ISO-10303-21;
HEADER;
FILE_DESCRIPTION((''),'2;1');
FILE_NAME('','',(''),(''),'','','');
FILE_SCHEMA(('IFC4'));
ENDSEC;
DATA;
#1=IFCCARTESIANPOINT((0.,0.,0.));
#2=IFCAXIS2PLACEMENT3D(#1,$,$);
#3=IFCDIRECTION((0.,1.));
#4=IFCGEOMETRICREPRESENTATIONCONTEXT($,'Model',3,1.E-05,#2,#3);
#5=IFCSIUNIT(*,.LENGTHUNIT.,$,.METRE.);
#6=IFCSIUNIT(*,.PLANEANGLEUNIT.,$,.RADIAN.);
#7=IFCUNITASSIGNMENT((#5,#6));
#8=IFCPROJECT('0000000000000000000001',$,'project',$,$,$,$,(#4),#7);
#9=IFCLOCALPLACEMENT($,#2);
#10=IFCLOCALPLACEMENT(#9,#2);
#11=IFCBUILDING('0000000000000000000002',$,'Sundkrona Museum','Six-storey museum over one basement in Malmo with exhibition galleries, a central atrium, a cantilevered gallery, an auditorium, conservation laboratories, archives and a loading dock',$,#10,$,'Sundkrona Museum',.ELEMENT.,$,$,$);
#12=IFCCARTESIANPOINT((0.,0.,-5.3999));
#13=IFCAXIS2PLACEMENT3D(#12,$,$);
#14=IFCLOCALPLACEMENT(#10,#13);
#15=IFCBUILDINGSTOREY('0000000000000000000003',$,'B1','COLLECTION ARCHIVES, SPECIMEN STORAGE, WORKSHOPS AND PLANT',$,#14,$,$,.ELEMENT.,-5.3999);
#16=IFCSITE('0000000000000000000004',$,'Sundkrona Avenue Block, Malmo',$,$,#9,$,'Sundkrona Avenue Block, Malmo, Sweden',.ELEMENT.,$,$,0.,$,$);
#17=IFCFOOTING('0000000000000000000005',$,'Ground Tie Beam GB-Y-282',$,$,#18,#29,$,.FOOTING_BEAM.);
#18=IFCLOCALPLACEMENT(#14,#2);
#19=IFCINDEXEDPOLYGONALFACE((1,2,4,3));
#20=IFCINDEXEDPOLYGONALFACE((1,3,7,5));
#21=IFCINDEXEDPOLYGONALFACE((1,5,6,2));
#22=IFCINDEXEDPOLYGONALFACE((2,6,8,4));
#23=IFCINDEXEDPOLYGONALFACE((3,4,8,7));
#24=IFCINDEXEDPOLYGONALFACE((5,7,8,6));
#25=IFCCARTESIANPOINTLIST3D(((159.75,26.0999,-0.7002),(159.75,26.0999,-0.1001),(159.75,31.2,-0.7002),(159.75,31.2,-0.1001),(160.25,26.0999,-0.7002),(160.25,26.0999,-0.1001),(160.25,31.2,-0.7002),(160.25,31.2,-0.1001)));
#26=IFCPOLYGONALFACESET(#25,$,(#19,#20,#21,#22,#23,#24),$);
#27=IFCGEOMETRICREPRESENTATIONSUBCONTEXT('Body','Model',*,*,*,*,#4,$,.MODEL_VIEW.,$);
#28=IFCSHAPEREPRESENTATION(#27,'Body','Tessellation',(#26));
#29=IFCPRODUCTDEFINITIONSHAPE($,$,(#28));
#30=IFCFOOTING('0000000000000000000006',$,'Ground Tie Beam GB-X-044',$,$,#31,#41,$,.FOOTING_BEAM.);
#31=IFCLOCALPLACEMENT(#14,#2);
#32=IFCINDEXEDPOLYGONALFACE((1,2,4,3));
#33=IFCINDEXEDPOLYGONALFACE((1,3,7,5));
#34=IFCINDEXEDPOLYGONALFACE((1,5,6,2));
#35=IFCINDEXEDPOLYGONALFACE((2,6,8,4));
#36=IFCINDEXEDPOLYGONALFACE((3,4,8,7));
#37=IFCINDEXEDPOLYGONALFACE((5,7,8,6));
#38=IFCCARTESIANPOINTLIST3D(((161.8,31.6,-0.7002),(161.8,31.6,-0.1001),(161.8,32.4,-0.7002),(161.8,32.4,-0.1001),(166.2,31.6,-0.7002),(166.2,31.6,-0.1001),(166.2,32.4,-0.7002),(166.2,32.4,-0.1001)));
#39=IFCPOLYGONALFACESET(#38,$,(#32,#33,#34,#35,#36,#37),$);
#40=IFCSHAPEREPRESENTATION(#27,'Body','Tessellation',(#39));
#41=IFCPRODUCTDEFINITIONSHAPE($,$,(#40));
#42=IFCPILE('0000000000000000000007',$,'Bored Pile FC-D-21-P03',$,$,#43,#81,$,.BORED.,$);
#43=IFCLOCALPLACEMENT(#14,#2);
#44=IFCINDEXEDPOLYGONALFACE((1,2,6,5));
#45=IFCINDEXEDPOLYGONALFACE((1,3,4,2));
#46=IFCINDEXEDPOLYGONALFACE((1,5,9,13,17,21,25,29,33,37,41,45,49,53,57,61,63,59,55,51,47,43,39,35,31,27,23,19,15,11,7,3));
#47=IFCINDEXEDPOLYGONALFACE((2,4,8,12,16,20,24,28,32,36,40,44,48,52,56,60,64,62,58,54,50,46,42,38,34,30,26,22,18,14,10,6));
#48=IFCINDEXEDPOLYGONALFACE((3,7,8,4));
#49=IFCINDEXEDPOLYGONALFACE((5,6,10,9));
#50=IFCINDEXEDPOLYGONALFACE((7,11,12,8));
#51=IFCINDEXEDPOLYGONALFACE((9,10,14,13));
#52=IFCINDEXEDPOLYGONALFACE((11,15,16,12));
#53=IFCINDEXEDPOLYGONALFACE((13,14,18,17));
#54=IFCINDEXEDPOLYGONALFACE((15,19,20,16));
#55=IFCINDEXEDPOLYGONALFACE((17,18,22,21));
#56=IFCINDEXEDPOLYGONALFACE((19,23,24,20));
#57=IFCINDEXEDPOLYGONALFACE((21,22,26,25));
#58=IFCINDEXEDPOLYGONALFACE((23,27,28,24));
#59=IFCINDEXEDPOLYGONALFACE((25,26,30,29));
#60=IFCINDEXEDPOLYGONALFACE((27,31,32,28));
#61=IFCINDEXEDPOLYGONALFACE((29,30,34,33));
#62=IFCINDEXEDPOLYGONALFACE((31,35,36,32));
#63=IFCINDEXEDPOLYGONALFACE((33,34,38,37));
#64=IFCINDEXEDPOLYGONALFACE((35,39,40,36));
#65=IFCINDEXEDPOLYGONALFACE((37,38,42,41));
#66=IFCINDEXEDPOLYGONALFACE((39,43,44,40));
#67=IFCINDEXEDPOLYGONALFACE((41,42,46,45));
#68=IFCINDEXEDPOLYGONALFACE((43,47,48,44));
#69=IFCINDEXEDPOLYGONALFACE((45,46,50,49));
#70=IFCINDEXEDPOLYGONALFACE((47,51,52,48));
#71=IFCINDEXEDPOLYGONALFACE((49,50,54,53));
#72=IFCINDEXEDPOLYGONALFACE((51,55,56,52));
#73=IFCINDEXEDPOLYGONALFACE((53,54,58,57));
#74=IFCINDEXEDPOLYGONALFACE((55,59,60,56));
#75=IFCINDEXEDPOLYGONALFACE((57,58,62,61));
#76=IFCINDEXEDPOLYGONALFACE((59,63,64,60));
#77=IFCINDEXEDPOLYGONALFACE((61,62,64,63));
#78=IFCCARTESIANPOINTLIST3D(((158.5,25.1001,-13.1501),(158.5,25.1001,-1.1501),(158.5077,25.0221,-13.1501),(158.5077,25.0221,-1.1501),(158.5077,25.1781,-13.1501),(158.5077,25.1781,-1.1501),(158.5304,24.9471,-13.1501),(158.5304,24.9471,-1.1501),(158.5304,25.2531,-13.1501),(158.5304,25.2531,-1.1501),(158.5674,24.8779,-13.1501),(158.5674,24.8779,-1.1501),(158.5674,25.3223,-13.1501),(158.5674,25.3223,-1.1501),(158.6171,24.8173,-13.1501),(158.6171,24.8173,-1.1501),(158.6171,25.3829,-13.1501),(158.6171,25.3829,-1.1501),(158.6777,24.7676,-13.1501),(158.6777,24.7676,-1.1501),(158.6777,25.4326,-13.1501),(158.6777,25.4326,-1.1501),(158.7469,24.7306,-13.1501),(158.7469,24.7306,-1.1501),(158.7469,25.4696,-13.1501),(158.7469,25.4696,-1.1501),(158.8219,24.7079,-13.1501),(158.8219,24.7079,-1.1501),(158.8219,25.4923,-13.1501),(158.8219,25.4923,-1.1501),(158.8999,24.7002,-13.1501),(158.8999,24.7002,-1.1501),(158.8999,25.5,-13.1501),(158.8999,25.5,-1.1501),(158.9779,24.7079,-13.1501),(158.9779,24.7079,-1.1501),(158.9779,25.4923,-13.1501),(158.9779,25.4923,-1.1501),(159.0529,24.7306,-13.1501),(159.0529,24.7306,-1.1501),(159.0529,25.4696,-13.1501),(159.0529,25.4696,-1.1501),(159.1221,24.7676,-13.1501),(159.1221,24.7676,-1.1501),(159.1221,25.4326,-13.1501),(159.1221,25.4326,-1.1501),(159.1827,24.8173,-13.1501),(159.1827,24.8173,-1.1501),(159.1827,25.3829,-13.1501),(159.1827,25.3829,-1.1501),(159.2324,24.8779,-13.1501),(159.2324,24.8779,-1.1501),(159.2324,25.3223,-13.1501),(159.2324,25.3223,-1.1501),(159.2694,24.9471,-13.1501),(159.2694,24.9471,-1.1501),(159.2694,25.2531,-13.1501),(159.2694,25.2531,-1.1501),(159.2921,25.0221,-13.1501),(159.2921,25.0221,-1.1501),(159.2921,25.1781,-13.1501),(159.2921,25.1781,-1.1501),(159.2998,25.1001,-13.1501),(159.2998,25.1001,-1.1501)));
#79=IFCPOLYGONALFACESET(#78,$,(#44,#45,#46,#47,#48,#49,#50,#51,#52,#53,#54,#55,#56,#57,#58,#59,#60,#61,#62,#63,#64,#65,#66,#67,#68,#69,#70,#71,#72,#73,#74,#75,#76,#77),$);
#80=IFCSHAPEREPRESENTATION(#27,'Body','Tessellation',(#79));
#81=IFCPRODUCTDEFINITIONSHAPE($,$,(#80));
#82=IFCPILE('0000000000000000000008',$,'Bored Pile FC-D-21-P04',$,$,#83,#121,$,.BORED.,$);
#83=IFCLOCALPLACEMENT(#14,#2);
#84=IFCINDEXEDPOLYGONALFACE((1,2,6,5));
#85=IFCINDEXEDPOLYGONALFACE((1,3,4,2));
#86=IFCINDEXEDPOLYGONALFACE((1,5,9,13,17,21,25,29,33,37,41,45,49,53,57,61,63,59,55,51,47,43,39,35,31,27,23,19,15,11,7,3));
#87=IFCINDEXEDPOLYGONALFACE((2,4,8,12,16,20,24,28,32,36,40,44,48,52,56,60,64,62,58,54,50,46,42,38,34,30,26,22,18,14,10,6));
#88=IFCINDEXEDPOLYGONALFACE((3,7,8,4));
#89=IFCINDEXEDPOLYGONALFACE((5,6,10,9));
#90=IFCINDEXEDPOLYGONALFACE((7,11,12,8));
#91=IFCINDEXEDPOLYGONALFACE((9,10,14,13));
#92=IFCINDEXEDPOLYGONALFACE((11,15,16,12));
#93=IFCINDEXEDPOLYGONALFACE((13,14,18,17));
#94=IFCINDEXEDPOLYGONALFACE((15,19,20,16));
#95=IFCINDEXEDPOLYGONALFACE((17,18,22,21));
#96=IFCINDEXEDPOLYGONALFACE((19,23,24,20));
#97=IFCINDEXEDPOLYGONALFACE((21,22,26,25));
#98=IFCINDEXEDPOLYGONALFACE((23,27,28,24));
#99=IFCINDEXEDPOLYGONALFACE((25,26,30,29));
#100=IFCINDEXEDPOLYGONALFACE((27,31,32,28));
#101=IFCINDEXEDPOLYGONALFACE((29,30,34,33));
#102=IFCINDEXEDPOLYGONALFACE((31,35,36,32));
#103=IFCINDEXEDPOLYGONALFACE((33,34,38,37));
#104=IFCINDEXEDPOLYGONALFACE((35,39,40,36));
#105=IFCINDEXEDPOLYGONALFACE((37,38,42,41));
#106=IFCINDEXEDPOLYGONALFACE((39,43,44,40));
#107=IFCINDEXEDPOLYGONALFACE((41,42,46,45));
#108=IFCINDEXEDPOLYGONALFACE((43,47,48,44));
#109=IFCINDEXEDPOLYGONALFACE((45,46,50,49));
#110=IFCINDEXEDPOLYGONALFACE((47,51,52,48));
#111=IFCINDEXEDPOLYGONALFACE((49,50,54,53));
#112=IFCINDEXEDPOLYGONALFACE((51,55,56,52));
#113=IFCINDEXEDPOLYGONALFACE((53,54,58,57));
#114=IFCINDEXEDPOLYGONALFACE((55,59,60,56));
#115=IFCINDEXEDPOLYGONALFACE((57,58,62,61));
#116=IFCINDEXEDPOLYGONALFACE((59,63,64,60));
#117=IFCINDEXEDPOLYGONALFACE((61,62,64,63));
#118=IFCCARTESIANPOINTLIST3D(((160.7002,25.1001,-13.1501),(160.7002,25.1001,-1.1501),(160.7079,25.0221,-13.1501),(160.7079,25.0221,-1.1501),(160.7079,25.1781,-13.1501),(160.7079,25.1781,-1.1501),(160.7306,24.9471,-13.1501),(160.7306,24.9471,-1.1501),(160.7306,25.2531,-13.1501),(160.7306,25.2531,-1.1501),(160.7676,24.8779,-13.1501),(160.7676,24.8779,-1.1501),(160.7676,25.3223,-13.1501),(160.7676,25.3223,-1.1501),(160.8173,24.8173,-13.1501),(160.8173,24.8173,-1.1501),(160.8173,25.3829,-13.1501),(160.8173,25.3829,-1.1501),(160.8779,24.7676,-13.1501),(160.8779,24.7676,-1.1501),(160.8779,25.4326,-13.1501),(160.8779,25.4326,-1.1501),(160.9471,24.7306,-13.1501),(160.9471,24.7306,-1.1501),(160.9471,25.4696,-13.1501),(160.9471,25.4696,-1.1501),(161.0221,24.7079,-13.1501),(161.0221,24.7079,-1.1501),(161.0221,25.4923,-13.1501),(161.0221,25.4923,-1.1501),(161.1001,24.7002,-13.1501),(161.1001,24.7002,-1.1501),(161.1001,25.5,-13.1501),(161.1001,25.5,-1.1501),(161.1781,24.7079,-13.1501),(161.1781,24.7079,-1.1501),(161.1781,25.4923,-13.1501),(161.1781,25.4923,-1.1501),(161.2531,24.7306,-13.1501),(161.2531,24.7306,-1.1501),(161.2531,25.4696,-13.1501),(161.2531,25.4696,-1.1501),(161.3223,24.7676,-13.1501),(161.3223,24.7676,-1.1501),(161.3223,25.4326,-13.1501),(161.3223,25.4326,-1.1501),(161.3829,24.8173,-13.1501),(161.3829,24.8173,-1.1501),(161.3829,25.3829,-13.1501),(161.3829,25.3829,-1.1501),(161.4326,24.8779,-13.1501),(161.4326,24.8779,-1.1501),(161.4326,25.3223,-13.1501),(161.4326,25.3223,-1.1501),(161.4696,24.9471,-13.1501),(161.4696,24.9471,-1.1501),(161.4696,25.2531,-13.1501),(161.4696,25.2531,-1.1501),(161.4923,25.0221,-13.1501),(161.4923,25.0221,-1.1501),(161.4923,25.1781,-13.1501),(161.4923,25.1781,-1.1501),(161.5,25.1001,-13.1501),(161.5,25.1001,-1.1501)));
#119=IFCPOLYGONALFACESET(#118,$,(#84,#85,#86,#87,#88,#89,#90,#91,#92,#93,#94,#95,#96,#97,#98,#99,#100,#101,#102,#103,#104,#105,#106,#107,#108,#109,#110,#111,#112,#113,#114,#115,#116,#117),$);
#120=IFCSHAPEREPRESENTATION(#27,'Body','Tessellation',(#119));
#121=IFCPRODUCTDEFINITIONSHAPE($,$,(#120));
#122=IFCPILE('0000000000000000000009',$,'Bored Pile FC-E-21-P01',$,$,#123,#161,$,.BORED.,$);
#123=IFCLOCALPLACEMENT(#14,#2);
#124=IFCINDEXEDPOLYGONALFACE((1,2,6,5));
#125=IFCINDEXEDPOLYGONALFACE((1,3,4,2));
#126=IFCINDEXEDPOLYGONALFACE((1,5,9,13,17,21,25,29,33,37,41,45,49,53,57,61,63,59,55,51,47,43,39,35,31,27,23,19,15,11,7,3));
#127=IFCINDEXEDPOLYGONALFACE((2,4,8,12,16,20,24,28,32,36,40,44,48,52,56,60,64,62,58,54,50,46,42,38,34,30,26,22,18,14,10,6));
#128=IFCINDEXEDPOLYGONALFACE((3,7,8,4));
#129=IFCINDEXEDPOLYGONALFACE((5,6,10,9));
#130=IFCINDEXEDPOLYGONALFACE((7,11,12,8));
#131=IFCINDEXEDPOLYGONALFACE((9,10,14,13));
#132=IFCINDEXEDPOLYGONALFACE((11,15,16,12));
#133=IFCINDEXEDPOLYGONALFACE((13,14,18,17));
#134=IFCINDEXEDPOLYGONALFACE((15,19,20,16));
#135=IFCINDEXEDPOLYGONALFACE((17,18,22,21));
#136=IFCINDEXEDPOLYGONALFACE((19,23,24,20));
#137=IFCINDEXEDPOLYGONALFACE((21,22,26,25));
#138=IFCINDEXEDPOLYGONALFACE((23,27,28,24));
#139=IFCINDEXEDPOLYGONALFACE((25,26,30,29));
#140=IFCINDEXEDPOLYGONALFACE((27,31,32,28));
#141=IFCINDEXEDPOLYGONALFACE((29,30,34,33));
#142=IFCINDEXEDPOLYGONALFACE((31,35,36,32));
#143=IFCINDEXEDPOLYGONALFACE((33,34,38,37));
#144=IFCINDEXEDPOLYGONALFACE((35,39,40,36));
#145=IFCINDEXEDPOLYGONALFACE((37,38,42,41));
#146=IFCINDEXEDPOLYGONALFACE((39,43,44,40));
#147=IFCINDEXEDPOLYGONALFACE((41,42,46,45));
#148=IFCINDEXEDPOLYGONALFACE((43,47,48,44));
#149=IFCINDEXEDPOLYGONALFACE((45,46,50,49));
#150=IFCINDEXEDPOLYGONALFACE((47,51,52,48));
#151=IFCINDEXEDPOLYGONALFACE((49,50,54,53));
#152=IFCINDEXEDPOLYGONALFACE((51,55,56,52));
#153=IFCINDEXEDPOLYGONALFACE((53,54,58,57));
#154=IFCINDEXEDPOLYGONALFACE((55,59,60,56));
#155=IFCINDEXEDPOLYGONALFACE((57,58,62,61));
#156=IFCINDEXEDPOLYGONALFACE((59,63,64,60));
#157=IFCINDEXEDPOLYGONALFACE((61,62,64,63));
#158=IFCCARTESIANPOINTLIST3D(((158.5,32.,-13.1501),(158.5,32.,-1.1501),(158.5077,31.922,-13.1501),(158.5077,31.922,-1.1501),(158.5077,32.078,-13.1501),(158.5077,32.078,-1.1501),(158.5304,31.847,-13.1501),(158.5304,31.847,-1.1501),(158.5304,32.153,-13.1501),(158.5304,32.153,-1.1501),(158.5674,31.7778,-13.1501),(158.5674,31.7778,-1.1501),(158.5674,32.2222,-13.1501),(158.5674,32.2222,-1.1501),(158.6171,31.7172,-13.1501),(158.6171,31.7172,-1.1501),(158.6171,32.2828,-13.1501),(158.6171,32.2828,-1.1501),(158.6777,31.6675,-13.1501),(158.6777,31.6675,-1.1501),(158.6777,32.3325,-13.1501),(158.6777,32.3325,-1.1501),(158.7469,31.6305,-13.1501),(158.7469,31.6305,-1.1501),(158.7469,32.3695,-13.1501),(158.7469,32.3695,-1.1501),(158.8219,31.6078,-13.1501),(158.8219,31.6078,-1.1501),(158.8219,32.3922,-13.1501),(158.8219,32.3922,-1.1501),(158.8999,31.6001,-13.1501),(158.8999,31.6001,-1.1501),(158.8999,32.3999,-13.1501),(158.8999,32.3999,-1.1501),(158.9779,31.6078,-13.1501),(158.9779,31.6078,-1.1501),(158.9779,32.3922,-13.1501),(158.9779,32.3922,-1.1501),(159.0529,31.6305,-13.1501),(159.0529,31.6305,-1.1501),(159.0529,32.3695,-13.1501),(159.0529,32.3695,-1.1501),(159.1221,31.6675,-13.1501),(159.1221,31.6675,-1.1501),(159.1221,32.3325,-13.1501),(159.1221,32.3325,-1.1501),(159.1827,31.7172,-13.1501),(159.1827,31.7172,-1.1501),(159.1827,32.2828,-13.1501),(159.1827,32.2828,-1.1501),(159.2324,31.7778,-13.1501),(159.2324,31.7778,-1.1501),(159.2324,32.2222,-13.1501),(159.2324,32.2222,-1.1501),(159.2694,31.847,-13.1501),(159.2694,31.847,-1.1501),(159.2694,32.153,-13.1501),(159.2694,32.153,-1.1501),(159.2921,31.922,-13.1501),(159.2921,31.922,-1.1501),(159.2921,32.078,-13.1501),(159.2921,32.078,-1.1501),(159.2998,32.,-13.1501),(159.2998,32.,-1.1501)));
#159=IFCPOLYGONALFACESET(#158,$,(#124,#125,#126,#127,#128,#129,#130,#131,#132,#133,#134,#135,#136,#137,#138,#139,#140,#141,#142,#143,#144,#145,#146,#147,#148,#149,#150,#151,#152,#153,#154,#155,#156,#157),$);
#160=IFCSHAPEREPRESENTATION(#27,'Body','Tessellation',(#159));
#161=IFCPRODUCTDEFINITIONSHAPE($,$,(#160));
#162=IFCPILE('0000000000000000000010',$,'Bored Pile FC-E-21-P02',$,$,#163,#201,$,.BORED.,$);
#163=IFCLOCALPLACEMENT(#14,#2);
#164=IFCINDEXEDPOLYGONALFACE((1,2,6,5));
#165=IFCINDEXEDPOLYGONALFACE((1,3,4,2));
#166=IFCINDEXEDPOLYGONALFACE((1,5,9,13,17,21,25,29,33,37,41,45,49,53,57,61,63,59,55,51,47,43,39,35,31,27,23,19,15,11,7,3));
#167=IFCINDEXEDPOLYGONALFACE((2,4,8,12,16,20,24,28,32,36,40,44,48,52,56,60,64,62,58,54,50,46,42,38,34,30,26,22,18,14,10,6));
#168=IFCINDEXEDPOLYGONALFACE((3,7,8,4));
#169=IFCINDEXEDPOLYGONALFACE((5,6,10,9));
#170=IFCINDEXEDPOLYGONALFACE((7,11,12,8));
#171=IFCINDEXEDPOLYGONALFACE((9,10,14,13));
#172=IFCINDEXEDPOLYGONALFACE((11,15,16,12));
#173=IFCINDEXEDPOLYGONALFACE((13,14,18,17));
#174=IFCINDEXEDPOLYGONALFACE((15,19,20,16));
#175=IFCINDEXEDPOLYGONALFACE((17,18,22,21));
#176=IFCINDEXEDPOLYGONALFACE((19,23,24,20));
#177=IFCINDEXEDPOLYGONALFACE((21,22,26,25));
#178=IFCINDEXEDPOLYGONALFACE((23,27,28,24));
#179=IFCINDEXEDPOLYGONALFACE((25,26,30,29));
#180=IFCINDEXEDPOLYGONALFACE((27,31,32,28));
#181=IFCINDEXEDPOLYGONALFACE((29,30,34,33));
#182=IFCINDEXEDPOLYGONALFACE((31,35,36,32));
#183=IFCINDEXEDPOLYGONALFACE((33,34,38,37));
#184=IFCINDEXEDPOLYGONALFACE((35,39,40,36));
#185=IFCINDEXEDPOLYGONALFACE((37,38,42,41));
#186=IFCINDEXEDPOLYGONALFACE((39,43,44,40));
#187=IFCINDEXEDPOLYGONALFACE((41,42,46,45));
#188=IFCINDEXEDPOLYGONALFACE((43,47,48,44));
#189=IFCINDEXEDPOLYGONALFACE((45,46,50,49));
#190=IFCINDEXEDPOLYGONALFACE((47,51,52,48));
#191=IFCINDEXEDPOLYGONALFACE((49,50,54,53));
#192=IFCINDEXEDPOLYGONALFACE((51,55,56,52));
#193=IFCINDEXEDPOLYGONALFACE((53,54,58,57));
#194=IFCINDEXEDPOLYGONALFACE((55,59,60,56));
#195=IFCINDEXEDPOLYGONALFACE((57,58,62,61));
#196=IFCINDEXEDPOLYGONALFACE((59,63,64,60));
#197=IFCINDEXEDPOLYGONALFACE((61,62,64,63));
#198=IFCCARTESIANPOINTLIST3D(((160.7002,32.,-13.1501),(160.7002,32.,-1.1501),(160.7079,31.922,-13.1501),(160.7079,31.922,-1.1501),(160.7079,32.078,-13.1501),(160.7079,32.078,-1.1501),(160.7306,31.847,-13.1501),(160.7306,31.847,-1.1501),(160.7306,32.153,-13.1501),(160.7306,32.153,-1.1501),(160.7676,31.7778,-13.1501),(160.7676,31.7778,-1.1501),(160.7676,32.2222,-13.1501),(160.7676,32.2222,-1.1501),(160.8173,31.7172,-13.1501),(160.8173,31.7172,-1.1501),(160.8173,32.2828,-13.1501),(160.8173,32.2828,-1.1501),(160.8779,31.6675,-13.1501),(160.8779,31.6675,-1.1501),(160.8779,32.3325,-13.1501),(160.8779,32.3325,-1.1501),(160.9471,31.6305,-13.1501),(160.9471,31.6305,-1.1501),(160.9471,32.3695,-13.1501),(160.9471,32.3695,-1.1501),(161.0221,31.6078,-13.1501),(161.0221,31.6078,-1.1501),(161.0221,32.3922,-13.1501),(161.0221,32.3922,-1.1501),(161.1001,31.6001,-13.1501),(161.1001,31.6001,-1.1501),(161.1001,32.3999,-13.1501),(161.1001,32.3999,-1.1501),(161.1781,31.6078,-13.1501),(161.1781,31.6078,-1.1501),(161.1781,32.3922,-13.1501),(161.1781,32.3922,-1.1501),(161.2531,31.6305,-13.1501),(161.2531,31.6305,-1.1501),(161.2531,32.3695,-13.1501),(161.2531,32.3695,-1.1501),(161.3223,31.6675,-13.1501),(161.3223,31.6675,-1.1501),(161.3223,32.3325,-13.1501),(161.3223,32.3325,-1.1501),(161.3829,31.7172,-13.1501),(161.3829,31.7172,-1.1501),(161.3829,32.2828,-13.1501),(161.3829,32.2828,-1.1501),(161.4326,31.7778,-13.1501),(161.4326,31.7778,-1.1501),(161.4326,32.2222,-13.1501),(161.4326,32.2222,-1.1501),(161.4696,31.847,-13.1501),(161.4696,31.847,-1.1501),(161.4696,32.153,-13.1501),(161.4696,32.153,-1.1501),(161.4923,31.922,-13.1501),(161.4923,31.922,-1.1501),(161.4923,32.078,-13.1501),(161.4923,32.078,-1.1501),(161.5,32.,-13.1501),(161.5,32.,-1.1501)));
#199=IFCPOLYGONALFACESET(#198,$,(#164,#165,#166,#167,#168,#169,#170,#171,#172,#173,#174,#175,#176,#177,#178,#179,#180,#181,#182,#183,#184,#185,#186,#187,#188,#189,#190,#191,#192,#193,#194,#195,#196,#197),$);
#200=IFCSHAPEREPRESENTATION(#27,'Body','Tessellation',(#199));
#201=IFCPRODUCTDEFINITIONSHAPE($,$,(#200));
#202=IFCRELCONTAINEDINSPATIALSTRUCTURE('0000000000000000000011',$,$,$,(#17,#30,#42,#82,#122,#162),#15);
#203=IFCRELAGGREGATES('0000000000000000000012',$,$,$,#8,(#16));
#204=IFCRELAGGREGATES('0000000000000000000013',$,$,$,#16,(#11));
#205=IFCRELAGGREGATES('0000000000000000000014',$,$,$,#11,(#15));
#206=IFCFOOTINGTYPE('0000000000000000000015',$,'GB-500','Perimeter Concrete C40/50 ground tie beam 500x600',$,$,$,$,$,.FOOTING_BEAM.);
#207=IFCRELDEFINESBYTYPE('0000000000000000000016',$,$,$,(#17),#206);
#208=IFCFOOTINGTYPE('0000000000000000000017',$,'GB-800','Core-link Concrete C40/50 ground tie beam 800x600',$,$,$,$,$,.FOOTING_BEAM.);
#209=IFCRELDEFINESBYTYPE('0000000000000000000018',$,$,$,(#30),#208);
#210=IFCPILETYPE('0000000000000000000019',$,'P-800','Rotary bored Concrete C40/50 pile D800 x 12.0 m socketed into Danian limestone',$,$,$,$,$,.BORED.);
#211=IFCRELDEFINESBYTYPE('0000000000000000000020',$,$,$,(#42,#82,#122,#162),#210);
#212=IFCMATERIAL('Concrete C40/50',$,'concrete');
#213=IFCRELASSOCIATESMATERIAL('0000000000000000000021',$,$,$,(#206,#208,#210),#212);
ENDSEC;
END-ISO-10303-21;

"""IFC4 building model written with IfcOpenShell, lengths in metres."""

from ifc_helpers import new_model, si_unit, direction, frame, origin, origin_2d, place, context, subcontext, project, spatial, rectangle, circle, extrude, material, material_profile, profile_set, type_object, element, save


model = new_model("IFC4")

# Units and contexts
model_context = context("Model", 3, precision=1e-05, world=origin(), true_north=direction((0.0, 1.0)))
body_context = subcontext(model_context, "Body", "Model", "MODEL_VIEW")
ifc_project = project(units=[si_unit("LENGTHUNIT", "METRE"), si_unit("PLANEANGLEUNIT", "RADIAN")], contexts=[model_context])

# Site, building, storey
site_placement = place(None, origin())
site = spatial("IfcSite", under=ifc_project, at=site_placement, Name="Sundkrona Avenue Block, Malmo", LongName="Sundkrona Avenue Block, Malmo, Sweden", CompositionType="ELEMENT", RefElevation=0.0)
building_placement = place(site_placement, origin())
building = spatial("IfcBuilding", under=site, at=building_placement, Name="Sundkrona Museum", Description="Six-storey museum over one basement in Malmo with exhibition galleries, a central atrium, a cantilevered gallery, an auditorium, conservation laboratories, archives and a loading dock", LongName="Sundkrona Museum", CompositionType="ELEMENT")
storey_placement = place(building_placement, frame((0.0, 0.0, -5.3999)))
storey = spatial("IfcBuildingStorey", under=building, at=storey_placement, Name="B1", Description="COLLECTION ARCHIVES, SPECIMEN STORAGE, WORKSHOPS AND PLANT", CompositionType="ELEMENT", Elevation=-5.3999)

# Footings
ifc_material_1 = material(Name="Concrete C40/50", Category="concrete")
footing_type_1 = type_object("IfcFootingType", Name="GB-500", Description="Perimeter Concrete C40/50 ground tie beam 500x600", PredefinedType="FOOTING_BEAM", material=ifc_material_1)
footing_1_placement = place(storey_placement, frame((160.0, 28.6499, -0.7002), z_axis=(0.0, 0.0, 1.0), x_axis=(0.0, 1.0, 0.0)))
element("IfcFooting", 1, at=footing_1_placement, inside=storey, type_object=footing_type_1, Name="Ground Tie Beam GB-Y-282", PredefinedType="FOOTING_BEAM", context=body_context, shape_type="SweptSolid", body=[
    extrude(rectangle(XDim=5.1001, YDim=0.5, at=origin_2d()), origin(), (0.0, 0.0, 1.0), 0.6001),
])
footing_type_2 = type_object("IfcFootingType", Name="GB-800", Description="Core-link Concrete C40/50 ground tie beam 800x600", PredefinedType="FOOTING_BEAM", material=ifc_material_1)
footing_2_placement = place(storey_placement, frame((164.0, 32.0, -0.7002), z_axis=(0.0, 0.0, 1.0), x_axis=(1.0, 0.0, 0.0)))
element("IfcFooting", 2, at=footing_2_placement, inside=storey, type_object=footing_type_2, Name="Ground Tie Beam GB-X-044", PredefinedType="FOOTING_BEAM", context=body_context, shape_type="SweptSolid", body=[
    extrude(rectangle(XDim=4.3999, YDim=0.8, at=origin_2d()), origin(), (0.0, 0.0, 1.0), 0.6001),
])

# Piles
ifc_material_profile_1 = material_profile(ifc_material_1, circle(Radius=0.3999, at=origin_2d()), Name="PILE D800")
ifc_profile_set_1 = profile_set([ifc_material_profile_1], Name="Concrete C40/50")
pile_type = type_object("IfcPileType", Name="P-800", Description="Rotary bored Concrete C40/50 pile D800 x 12.0 m socketed into Danian limestone", PredefinedType="BORED", material=ifc_profile_set_1)
for number, where, z_axis, x_axis, name in (
    (3, (158.8999, 25.1001, -1.1501), (0.0, 0.0, -1.0), (1.0, 0.0, 0.0), "Bored Pile FC-D-21-P03"),
    (4, (161.1001, 25.1001, -1.1501), (0.0, 0.0, -1.0), (1.0, 0.0, 0.0), "Bored Pile FC-D-21-P04"),
    (5, (158.8999, 32.0, -1.1501), (0.0, 0.0, -1.0), (1.0, 0.0, 0.0), "Bored Pile FC-E-21-P01"),
    (6, (161.1001, 32.0, -1.1501), (0.0, 0.0, -1.0), (1.0, 0.0, 0.0), "Bored Pile FC-E-21-P02"),
):
    element("IfcPile", number, at=place(storey_placement, frame(where, z_axis=z_axis, x_axis=x_axis)), inside=storey, type_object=pile_type, Name=name, PredefinedType="BORED", context=body_context, shape_type="SweptSolid", body=[
        extrude(circle(Radius=0.3999, at=origin_2d()), origin(), (0.0, 0.0, 1.0), 12.0),
    ])

save(model, "model.ifc")
